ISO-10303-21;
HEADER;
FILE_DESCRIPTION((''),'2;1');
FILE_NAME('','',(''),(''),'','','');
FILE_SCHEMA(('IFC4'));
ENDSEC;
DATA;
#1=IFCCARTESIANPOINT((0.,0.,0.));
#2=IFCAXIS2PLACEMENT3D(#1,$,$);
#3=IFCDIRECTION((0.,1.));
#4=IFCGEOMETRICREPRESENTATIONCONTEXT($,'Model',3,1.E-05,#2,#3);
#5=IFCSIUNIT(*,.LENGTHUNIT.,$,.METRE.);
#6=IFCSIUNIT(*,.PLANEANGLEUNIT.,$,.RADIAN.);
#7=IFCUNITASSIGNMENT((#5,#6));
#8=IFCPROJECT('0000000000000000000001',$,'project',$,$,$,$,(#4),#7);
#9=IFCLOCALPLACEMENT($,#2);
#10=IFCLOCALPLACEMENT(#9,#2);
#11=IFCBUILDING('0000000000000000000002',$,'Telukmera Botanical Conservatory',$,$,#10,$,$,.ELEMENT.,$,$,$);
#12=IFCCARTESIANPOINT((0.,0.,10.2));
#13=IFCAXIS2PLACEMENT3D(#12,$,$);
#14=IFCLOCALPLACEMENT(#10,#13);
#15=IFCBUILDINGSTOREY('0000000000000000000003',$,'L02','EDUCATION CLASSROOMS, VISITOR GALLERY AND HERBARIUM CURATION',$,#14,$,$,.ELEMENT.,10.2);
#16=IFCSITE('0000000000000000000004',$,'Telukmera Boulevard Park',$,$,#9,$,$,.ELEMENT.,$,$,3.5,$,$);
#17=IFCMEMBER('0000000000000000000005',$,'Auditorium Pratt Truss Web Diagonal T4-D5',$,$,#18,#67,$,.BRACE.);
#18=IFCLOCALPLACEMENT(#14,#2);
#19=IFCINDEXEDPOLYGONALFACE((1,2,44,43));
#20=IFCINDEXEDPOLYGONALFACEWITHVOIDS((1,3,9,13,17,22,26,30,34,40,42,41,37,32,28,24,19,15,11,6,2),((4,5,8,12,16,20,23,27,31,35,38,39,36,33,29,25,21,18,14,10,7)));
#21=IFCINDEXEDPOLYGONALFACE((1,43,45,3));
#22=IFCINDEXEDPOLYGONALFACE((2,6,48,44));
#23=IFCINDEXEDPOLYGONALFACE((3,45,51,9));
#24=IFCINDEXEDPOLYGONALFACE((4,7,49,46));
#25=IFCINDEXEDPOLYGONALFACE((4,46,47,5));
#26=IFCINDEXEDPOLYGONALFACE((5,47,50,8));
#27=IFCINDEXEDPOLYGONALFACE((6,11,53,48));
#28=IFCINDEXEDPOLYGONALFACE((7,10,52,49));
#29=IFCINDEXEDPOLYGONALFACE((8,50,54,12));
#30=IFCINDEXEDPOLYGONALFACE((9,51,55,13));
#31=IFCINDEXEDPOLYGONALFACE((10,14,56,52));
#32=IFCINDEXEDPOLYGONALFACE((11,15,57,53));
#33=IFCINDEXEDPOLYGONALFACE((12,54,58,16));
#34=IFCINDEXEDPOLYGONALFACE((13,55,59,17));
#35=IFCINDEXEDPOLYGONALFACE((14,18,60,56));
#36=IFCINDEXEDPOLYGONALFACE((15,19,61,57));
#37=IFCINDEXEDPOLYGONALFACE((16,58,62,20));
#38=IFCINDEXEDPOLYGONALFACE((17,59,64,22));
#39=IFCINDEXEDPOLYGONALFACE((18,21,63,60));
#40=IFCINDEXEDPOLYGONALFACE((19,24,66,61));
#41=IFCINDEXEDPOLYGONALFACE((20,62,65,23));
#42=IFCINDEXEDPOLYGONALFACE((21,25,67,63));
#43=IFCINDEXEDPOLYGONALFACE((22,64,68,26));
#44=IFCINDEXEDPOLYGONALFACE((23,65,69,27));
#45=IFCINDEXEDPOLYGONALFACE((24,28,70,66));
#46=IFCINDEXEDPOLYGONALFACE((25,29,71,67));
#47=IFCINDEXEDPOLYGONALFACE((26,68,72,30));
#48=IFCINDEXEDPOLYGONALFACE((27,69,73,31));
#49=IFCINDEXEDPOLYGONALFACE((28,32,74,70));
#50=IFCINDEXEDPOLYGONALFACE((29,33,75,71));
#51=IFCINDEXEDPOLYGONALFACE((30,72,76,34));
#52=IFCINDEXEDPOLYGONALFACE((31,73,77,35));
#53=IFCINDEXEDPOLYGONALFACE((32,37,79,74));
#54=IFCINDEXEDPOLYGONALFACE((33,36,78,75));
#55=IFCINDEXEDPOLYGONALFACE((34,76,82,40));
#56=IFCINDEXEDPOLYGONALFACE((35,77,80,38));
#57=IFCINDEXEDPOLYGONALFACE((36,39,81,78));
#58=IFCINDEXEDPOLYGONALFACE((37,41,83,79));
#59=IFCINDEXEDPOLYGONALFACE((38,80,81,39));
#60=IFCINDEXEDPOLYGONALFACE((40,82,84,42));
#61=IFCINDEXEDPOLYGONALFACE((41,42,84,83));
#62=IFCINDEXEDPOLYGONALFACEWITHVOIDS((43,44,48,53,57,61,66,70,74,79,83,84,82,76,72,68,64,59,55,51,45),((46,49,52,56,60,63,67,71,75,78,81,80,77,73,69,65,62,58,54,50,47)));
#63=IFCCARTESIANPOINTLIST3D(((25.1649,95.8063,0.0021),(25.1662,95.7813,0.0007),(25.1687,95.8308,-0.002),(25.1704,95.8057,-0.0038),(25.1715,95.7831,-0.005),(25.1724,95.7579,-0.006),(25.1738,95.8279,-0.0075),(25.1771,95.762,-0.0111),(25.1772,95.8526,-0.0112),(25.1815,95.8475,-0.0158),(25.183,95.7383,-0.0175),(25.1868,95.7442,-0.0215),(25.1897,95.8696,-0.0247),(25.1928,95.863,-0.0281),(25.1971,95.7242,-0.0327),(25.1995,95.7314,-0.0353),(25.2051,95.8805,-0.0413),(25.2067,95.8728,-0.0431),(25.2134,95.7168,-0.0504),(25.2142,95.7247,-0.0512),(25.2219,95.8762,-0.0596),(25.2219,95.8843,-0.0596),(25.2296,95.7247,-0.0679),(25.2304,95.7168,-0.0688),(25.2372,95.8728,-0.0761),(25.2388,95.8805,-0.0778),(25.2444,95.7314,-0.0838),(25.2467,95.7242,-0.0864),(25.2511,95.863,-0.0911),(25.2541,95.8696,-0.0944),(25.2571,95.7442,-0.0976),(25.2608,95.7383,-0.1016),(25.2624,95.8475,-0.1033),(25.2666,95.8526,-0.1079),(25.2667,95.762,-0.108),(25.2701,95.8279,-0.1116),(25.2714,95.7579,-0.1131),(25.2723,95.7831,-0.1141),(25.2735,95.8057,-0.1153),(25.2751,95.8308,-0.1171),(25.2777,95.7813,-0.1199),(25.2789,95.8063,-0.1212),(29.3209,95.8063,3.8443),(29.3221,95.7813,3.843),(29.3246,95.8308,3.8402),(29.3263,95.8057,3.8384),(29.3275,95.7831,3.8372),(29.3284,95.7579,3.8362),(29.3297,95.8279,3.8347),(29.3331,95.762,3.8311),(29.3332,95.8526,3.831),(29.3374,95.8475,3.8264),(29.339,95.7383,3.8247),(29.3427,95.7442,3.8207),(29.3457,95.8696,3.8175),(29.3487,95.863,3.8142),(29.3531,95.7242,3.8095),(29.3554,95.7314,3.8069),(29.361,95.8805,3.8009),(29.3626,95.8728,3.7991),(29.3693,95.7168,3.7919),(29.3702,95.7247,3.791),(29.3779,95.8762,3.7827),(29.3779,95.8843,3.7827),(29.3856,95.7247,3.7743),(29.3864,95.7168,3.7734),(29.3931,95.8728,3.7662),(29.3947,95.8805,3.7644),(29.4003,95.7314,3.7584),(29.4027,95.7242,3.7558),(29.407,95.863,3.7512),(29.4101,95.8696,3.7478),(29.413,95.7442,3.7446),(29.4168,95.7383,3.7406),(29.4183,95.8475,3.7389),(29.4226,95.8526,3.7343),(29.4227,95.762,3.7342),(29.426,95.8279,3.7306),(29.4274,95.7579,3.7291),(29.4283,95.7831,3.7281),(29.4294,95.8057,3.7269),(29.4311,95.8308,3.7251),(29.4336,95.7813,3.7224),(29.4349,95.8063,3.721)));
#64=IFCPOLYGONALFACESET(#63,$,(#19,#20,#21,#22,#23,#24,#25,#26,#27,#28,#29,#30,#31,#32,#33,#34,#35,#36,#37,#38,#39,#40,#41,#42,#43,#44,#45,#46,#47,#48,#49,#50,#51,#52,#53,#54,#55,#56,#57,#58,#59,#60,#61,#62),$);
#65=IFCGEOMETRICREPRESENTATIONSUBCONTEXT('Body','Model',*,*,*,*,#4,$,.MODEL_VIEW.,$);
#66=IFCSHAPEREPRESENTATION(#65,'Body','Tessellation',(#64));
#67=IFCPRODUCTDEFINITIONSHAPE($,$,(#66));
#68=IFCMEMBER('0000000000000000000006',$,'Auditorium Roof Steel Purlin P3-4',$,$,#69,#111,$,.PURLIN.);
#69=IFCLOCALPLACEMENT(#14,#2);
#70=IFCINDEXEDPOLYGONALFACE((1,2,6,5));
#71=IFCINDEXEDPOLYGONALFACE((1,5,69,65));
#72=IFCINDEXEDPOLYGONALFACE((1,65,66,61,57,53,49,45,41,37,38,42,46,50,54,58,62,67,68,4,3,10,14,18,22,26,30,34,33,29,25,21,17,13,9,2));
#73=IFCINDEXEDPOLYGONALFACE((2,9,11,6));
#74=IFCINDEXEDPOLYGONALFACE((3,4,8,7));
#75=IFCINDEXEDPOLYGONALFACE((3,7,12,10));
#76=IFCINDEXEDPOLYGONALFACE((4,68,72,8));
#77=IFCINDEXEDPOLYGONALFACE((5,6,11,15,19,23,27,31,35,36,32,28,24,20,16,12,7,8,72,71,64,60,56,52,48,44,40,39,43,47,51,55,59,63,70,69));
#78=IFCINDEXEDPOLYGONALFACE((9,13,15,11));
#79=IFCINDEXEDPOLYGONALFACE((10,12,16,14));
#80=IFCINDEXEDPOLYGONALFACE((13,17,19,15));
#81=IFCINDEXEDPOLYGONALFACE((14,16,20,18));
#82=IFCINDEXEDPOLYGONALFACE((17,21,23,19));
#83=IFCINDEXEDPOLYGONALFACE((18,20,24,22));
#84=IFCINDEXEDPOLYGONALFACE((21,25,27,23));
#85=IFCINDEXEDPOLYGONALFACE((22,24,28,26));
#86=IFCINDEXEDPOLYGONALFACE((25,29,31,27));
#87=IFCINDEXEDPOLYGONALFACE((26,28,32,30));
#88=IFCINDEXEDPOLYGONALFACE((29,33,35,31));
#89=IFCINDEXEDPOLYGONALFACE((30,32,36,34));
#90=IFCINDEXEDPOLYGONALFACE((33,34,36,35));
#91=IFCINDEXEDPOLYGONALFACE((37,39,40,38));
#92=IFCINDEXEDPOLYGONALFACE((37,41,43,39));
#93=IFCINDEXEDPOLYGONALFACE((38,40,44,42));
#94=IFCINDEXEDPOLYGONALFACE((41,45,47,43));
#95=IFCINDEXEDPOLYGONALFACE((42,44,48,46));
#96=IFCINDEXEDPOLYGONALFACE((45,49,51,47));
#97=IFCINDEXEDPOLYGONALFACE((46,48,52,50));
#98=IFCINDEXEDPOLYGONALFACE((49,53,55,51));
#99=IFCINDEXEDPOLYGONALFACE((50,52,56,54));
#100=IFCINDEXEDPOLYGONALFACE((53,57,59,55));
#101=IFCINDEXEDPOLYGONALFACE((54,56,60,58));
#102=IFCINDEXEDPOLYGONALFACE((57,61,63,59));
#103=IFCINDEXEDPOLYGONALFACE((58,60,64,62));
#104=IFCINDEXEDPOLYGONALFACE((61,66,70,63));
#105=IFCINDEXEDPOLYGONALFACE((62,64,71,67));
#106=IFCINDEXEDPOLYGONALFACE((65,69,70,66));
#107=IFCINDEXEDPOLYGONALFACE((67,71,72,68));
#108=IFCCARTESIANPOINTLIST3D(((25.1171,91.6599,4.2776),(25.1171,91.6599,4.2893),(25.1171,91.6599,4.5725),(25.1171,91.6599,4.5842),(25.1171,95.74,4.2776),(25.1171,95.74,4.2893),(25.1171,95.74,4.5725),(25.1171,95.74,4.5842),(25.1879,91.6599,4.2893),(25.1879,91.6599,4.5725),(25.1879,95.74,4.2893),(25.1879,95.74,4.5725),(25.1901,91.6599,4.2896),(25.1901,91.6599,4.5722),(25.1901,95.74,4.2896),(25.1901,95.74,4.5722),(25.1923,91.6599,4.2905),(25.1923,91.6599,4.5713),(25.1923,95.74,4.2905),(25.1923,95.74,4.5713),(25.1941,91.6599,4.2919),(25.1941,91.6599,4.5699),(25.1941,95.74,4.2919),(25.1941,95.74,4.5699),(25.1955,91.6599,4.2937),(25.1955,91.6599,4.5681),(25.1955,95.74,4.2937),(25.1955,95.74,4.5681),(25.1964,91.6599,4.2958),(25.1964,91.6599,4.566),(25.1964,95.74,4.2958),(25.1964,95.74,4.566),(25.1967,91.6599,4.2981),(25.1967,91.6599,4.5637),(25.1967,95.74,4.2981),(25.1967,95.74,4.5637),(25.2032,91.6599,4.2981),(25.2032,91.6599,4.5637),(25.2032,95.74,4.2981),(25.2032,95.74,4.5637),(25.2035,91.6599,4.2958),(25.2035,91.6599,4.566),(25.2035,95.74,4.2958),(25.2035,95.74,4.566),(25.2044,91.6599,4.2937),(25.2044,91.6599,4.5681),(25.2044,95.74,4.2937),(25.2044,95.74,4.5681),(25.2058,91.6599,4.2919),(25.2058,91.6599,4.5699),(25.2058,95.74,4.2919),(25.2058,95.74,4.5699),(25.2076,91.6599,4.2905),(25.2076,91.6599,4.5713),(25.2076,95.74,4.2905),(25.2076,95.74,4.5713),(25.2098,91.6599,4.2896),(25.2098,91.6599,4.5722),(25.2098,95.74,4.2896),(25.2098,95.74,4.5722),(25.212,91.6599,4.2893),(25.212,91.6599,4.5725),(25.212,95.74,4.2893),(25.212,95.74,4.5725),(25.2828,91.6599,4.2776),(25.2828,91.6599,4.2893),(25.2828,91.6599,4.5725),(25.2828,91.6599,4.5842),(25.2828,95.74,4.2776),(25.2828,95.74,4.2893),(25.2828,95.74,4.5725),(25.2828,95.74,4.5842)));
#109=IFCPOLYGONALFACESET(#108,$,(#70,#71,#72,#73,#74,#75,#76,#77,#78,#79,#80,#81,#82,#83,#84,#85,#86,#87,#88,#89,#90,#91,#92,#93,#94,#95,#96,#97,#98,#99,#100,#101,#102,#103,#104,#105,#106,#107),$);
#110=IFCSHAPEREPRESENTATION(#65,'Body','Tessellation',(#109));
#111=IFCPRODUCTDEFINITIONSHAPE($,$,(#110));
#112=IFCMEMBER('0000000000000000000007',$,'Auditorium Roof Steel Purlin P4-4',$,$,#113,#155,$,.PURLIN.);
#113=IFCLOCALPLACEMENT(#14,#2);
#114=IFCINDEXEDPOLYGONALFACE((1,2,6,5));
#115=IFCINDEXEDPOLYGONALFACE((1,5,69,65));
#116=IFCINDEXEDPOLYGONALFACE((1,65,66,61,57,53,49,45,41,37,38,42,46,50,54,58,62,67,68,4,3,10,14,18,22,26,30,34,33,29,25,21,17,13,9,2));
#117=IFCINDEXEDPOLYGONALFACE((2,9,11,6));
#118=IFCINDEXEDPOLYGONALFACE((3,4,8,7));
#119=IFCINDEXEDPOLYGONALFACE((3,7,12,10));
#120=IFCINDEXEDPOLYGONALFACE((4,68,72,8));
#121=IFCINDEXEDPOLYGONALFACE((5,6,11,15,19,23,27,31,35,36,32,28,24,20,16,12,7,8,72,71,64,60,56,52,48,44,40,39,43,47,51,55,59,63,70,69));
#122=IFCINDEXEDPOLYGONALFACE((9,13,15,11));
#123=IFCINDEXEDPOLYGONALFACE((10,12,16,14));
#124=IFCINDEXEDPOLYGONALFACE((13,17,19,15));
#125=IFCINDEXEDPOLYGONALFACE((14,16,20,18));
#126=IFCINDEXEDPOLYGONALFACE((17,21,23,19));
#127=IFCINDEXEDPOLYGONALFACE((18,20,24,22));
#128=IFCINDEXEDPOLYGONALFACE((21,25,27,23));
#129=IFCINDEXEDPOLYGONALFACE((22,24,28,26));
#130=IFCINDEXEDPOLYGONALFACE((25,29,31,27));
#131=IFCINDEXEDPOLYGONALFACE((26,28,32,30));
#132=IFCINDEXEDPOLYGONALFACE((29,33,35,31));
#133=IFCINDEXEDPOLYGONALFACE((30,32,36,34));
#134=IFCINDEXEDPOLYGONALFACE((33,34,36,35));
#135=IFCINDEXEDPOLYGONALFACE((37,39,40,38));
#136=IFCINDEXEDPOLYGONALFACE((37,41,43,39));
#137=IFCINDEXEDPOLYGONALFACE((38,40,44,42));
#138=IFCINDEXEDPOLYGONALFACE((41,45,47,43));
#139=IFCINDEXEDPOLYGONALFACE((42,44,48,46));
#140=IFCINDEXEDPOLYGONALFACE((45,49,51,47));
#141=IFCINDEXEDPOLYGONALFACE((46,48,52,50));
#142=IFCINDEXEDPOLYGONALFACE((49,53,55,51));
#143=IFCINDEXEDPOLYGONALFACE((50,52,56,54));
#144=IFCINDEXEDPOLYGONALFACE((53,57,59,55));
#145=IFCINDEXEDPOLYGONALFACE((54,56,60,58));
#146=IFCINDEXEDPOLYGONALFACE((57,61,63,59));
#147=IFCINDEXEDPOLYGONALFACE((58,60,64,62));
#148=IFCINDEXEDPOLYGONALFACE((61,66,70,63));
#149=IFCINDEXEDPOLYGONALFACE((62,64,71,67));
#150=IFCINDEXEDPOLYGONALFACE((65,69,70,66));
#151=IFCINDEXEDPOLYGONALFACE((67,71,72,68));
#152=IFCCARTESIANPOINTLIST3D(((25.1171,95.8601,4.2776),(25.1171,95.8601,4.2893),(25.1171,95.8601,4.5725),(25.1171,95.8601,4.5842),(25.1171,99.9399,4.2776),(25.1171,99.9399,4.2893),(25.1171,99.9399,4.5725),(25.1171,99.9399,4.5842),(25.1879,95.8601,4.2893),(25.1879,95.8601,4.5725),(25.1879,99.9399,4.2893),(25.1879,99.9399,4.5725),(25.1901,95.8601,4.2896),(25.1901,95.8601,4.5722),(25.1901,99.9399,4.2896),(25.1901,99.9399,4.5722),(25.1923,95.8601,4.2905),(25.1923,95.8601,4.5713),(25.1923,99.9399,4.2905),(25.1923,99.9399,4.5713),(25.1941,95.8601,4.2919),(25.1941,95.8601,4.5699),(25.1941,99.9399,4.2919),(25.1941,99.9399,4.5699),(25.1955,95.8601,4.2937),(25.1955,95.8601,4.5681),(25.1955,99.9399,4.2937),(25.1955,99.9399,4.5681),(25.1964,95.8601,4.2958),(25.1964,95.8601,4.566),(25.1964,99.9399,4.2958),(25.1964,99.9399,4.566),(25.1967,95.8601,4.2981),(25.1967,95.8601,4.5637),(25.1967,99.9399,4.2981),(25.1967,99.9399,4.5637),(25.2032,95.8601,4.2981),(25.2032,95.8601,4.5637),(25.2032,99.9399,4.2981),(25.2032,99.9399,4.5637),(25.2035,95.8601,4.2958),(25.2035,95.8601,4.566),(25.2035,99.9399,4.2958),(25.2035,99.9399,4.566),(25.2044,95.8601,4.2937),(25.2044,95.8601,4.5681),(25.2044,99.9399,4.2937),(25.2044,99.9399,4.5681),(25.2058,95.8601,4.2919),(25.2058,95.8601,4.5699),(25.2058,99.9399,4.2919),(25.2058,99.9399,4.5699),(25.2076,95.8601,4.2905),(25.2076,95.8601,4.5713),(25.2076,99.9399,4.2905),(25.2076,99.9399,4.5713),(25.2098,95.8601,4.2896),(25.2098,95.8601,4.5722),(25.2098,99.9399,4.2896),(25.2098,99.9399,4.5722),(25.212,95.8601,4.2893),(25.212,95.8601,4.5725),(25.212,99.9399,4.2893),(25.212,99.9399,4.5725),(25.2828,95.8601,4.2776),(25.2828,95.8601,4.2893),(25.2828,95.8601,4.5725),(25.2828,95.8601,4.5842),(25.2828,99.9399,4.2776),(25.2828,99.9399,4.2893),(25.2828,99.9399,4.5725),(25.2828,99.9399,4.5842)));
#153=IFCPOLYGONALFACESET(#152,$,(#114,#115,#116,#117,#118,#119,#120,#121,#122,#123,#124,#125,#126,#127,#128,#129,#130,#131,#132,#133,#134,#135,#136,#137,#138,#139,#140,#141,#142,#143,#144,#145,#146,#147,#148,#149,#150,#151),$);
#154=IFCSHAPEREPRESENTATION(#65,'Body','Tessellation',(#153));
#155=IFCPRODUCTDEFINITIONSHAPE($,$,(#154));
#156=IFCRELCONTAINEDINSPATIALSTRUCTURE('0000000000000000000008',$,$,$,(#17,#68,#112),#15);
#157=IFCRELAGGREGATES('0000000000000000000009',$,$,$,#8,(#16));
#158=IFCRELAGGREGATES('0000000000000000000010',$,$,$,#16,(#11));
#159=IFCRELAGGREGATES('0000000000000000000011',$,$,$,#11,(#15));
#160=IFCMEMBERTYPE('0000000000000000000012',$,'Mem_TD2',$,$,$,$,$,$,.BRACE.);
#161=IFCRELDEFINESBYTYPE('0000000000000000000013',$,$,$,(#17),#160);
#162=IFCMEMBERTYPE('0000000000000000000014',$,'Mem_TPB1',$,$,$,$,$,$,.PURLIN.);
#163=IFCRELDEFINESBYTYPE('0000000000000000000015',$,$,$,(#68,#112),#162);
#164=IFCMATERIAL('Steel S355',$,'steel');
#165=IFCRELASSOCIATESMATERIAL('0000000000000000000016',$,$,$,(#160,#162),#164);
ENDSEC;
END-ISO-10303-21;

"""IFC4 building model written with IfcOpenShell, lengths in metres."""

from ifc_helpers import new_model, si_unit, direction, frame, origin, origin_2d, place, context, subcontext, project, spatial, hollow_circle, i_section, extrude, material, material_profile, profile_set, type_object, element, save


model = new_model("IFC4")

# Units and contexts
model_context = context("Model", 3, precision=1e-05, world=origin(), true_north=direction((0.0, 1.0)))
body_context = subcontext(model_context, "Body", "Model", "MODEL_VIEW")
ifc_project = project(units=[si_unit("LENGTHUNIT", "METRE"), si_unit("PLANEANGLEUNIT", "RADIAN")], contexts=[model_context])

# Site, building, storey
site_placement = place(None, origin())
site = spatial("IfcSite", under=ifc_project, at=site_placement, Name="Telukmera Boulevard Park", CompositionType="ELEMENT", RefElevation=3.5)
building_placement = place(site_placement, origin())
building = spatial("IfcBuilding", under=site, at=building_placement, Name="Telukmera Botanical Conservatory", CompositionType="ELEMENT")
storey_placement = place(building_placement, frame((0.0, 0.0, 10.2)))
storey = spatial("IfcBuildingStorey", under=building, at=storey_placement, Name="L02", Description="EDUCATION CLASSROOMS, VISITOR GALLERY AND HERBARIUM CURATION", CompositionType="ELEMENT", Elevation=10.2)

# Members
ifc_material = material(Name="Steel S355", Category="steel")
ifc_material_profile_1 = material_profile(ifc_material, hollow_circle(Radius=0.0842, WallThickness=0.0081, at=origin_2d()), Name="CHS 168.3x8.0")
ifc_profile_set_1 = profile_set([ifc_material_profile_1], Name="Steel S355")
member_type_1 = type_object("IfcMemberType", Name="Mem_TD2", PredefinedType="BRACE", material=ifc_profile_set_1)
for number, where, z_axis, x_axis, name in (
    (1, (25.2219, 95.8, -0.0596), (0.734277, 0.0, 0.67885), (0.0, 1.0, 0.0), "Auditorium Pratt Truss Web Diagonal T4-D5"),
):
    element("IfcMember", number, at=place(storey_placement, frame(where, z_axis=z_axis, x_axis=x_axis)), inside=storey, type_object=member_type_1, Name=name, PredefinedType="BRACE", context=body_context, shape_type="SweptSolid", body=[
        extrude(hollow_circle(Radius=0.0842, WallThickness=0.0081, at=origin_2d()), origin(), (0.0, 0.0, 1.0), 5.6599),
    ])
ifc_material_profile_2 = material_profile(ifc_material, i_section(OverallWidth=0.1658, OverallDepth=0.3066, WebThickness=0.0066, FlangeThickness=0.0117, FilletRadius=0.0088, at=origin_2d()), Name="UB 305x165x46")
ifc_profile_set_2 = profile_set([ifc_material_profile_2], Name="Steel S355")
member_type_2 = type_object("IfcMemberType", Name="Mem_TPB1", PredefinedType="PURLIN", material=ifc_profile_set_2)
member_1_placement = place(storey_placement, frame((25.2, 91.6599, 4.4309), z_axis=(0.0, 1.0, 0.0), x_axis=(-1.0, 0.0, 0.0)))
element("IfcMember", 2, at=member_1_placement, inside=storey, type_object=member_type_2, Name="Auditorium Roof Steel Purlin P3-4", PredefinedType="PURLIN", context=body_context, shape_type="SweptSolid", body=[
    extrude(i_section(OverallWidth=0.1658, OverallDepth=0.3066, WebThickness=0.0066, FlangeThickness=0.0117, FilletRadius=0.0088, at=origin_2d()), origin(), (0.0, 0.0, 1.0), 4.0801),
])
member_2_placement = place(storey_placement, frame((25.2, 95.8601, 4.4309), z_axis=(0.0, 1.0, 0.0), x_axis=(-1.0, 0.0, 0.0)))
element("IfcMember", 3, at=member_2_placement, inside=storey, type_object=member_type_2, Name="Auditorium Roof Steel Purlin P4-4", PredefinedType="PURLIN", context=body_context, shape_type="SweptSolid", body=[
    extrude(i_section(OverallWidth=0.1658, OverallDepth=0.3066, WebThickness=0.0066, FlangeThickness=0.0117, FilletRadius=0.0088, at=origin_2d()), origin(), (0.0, 0.0, 1.0), 4.0798),
])

save(model, "model.ifc")
